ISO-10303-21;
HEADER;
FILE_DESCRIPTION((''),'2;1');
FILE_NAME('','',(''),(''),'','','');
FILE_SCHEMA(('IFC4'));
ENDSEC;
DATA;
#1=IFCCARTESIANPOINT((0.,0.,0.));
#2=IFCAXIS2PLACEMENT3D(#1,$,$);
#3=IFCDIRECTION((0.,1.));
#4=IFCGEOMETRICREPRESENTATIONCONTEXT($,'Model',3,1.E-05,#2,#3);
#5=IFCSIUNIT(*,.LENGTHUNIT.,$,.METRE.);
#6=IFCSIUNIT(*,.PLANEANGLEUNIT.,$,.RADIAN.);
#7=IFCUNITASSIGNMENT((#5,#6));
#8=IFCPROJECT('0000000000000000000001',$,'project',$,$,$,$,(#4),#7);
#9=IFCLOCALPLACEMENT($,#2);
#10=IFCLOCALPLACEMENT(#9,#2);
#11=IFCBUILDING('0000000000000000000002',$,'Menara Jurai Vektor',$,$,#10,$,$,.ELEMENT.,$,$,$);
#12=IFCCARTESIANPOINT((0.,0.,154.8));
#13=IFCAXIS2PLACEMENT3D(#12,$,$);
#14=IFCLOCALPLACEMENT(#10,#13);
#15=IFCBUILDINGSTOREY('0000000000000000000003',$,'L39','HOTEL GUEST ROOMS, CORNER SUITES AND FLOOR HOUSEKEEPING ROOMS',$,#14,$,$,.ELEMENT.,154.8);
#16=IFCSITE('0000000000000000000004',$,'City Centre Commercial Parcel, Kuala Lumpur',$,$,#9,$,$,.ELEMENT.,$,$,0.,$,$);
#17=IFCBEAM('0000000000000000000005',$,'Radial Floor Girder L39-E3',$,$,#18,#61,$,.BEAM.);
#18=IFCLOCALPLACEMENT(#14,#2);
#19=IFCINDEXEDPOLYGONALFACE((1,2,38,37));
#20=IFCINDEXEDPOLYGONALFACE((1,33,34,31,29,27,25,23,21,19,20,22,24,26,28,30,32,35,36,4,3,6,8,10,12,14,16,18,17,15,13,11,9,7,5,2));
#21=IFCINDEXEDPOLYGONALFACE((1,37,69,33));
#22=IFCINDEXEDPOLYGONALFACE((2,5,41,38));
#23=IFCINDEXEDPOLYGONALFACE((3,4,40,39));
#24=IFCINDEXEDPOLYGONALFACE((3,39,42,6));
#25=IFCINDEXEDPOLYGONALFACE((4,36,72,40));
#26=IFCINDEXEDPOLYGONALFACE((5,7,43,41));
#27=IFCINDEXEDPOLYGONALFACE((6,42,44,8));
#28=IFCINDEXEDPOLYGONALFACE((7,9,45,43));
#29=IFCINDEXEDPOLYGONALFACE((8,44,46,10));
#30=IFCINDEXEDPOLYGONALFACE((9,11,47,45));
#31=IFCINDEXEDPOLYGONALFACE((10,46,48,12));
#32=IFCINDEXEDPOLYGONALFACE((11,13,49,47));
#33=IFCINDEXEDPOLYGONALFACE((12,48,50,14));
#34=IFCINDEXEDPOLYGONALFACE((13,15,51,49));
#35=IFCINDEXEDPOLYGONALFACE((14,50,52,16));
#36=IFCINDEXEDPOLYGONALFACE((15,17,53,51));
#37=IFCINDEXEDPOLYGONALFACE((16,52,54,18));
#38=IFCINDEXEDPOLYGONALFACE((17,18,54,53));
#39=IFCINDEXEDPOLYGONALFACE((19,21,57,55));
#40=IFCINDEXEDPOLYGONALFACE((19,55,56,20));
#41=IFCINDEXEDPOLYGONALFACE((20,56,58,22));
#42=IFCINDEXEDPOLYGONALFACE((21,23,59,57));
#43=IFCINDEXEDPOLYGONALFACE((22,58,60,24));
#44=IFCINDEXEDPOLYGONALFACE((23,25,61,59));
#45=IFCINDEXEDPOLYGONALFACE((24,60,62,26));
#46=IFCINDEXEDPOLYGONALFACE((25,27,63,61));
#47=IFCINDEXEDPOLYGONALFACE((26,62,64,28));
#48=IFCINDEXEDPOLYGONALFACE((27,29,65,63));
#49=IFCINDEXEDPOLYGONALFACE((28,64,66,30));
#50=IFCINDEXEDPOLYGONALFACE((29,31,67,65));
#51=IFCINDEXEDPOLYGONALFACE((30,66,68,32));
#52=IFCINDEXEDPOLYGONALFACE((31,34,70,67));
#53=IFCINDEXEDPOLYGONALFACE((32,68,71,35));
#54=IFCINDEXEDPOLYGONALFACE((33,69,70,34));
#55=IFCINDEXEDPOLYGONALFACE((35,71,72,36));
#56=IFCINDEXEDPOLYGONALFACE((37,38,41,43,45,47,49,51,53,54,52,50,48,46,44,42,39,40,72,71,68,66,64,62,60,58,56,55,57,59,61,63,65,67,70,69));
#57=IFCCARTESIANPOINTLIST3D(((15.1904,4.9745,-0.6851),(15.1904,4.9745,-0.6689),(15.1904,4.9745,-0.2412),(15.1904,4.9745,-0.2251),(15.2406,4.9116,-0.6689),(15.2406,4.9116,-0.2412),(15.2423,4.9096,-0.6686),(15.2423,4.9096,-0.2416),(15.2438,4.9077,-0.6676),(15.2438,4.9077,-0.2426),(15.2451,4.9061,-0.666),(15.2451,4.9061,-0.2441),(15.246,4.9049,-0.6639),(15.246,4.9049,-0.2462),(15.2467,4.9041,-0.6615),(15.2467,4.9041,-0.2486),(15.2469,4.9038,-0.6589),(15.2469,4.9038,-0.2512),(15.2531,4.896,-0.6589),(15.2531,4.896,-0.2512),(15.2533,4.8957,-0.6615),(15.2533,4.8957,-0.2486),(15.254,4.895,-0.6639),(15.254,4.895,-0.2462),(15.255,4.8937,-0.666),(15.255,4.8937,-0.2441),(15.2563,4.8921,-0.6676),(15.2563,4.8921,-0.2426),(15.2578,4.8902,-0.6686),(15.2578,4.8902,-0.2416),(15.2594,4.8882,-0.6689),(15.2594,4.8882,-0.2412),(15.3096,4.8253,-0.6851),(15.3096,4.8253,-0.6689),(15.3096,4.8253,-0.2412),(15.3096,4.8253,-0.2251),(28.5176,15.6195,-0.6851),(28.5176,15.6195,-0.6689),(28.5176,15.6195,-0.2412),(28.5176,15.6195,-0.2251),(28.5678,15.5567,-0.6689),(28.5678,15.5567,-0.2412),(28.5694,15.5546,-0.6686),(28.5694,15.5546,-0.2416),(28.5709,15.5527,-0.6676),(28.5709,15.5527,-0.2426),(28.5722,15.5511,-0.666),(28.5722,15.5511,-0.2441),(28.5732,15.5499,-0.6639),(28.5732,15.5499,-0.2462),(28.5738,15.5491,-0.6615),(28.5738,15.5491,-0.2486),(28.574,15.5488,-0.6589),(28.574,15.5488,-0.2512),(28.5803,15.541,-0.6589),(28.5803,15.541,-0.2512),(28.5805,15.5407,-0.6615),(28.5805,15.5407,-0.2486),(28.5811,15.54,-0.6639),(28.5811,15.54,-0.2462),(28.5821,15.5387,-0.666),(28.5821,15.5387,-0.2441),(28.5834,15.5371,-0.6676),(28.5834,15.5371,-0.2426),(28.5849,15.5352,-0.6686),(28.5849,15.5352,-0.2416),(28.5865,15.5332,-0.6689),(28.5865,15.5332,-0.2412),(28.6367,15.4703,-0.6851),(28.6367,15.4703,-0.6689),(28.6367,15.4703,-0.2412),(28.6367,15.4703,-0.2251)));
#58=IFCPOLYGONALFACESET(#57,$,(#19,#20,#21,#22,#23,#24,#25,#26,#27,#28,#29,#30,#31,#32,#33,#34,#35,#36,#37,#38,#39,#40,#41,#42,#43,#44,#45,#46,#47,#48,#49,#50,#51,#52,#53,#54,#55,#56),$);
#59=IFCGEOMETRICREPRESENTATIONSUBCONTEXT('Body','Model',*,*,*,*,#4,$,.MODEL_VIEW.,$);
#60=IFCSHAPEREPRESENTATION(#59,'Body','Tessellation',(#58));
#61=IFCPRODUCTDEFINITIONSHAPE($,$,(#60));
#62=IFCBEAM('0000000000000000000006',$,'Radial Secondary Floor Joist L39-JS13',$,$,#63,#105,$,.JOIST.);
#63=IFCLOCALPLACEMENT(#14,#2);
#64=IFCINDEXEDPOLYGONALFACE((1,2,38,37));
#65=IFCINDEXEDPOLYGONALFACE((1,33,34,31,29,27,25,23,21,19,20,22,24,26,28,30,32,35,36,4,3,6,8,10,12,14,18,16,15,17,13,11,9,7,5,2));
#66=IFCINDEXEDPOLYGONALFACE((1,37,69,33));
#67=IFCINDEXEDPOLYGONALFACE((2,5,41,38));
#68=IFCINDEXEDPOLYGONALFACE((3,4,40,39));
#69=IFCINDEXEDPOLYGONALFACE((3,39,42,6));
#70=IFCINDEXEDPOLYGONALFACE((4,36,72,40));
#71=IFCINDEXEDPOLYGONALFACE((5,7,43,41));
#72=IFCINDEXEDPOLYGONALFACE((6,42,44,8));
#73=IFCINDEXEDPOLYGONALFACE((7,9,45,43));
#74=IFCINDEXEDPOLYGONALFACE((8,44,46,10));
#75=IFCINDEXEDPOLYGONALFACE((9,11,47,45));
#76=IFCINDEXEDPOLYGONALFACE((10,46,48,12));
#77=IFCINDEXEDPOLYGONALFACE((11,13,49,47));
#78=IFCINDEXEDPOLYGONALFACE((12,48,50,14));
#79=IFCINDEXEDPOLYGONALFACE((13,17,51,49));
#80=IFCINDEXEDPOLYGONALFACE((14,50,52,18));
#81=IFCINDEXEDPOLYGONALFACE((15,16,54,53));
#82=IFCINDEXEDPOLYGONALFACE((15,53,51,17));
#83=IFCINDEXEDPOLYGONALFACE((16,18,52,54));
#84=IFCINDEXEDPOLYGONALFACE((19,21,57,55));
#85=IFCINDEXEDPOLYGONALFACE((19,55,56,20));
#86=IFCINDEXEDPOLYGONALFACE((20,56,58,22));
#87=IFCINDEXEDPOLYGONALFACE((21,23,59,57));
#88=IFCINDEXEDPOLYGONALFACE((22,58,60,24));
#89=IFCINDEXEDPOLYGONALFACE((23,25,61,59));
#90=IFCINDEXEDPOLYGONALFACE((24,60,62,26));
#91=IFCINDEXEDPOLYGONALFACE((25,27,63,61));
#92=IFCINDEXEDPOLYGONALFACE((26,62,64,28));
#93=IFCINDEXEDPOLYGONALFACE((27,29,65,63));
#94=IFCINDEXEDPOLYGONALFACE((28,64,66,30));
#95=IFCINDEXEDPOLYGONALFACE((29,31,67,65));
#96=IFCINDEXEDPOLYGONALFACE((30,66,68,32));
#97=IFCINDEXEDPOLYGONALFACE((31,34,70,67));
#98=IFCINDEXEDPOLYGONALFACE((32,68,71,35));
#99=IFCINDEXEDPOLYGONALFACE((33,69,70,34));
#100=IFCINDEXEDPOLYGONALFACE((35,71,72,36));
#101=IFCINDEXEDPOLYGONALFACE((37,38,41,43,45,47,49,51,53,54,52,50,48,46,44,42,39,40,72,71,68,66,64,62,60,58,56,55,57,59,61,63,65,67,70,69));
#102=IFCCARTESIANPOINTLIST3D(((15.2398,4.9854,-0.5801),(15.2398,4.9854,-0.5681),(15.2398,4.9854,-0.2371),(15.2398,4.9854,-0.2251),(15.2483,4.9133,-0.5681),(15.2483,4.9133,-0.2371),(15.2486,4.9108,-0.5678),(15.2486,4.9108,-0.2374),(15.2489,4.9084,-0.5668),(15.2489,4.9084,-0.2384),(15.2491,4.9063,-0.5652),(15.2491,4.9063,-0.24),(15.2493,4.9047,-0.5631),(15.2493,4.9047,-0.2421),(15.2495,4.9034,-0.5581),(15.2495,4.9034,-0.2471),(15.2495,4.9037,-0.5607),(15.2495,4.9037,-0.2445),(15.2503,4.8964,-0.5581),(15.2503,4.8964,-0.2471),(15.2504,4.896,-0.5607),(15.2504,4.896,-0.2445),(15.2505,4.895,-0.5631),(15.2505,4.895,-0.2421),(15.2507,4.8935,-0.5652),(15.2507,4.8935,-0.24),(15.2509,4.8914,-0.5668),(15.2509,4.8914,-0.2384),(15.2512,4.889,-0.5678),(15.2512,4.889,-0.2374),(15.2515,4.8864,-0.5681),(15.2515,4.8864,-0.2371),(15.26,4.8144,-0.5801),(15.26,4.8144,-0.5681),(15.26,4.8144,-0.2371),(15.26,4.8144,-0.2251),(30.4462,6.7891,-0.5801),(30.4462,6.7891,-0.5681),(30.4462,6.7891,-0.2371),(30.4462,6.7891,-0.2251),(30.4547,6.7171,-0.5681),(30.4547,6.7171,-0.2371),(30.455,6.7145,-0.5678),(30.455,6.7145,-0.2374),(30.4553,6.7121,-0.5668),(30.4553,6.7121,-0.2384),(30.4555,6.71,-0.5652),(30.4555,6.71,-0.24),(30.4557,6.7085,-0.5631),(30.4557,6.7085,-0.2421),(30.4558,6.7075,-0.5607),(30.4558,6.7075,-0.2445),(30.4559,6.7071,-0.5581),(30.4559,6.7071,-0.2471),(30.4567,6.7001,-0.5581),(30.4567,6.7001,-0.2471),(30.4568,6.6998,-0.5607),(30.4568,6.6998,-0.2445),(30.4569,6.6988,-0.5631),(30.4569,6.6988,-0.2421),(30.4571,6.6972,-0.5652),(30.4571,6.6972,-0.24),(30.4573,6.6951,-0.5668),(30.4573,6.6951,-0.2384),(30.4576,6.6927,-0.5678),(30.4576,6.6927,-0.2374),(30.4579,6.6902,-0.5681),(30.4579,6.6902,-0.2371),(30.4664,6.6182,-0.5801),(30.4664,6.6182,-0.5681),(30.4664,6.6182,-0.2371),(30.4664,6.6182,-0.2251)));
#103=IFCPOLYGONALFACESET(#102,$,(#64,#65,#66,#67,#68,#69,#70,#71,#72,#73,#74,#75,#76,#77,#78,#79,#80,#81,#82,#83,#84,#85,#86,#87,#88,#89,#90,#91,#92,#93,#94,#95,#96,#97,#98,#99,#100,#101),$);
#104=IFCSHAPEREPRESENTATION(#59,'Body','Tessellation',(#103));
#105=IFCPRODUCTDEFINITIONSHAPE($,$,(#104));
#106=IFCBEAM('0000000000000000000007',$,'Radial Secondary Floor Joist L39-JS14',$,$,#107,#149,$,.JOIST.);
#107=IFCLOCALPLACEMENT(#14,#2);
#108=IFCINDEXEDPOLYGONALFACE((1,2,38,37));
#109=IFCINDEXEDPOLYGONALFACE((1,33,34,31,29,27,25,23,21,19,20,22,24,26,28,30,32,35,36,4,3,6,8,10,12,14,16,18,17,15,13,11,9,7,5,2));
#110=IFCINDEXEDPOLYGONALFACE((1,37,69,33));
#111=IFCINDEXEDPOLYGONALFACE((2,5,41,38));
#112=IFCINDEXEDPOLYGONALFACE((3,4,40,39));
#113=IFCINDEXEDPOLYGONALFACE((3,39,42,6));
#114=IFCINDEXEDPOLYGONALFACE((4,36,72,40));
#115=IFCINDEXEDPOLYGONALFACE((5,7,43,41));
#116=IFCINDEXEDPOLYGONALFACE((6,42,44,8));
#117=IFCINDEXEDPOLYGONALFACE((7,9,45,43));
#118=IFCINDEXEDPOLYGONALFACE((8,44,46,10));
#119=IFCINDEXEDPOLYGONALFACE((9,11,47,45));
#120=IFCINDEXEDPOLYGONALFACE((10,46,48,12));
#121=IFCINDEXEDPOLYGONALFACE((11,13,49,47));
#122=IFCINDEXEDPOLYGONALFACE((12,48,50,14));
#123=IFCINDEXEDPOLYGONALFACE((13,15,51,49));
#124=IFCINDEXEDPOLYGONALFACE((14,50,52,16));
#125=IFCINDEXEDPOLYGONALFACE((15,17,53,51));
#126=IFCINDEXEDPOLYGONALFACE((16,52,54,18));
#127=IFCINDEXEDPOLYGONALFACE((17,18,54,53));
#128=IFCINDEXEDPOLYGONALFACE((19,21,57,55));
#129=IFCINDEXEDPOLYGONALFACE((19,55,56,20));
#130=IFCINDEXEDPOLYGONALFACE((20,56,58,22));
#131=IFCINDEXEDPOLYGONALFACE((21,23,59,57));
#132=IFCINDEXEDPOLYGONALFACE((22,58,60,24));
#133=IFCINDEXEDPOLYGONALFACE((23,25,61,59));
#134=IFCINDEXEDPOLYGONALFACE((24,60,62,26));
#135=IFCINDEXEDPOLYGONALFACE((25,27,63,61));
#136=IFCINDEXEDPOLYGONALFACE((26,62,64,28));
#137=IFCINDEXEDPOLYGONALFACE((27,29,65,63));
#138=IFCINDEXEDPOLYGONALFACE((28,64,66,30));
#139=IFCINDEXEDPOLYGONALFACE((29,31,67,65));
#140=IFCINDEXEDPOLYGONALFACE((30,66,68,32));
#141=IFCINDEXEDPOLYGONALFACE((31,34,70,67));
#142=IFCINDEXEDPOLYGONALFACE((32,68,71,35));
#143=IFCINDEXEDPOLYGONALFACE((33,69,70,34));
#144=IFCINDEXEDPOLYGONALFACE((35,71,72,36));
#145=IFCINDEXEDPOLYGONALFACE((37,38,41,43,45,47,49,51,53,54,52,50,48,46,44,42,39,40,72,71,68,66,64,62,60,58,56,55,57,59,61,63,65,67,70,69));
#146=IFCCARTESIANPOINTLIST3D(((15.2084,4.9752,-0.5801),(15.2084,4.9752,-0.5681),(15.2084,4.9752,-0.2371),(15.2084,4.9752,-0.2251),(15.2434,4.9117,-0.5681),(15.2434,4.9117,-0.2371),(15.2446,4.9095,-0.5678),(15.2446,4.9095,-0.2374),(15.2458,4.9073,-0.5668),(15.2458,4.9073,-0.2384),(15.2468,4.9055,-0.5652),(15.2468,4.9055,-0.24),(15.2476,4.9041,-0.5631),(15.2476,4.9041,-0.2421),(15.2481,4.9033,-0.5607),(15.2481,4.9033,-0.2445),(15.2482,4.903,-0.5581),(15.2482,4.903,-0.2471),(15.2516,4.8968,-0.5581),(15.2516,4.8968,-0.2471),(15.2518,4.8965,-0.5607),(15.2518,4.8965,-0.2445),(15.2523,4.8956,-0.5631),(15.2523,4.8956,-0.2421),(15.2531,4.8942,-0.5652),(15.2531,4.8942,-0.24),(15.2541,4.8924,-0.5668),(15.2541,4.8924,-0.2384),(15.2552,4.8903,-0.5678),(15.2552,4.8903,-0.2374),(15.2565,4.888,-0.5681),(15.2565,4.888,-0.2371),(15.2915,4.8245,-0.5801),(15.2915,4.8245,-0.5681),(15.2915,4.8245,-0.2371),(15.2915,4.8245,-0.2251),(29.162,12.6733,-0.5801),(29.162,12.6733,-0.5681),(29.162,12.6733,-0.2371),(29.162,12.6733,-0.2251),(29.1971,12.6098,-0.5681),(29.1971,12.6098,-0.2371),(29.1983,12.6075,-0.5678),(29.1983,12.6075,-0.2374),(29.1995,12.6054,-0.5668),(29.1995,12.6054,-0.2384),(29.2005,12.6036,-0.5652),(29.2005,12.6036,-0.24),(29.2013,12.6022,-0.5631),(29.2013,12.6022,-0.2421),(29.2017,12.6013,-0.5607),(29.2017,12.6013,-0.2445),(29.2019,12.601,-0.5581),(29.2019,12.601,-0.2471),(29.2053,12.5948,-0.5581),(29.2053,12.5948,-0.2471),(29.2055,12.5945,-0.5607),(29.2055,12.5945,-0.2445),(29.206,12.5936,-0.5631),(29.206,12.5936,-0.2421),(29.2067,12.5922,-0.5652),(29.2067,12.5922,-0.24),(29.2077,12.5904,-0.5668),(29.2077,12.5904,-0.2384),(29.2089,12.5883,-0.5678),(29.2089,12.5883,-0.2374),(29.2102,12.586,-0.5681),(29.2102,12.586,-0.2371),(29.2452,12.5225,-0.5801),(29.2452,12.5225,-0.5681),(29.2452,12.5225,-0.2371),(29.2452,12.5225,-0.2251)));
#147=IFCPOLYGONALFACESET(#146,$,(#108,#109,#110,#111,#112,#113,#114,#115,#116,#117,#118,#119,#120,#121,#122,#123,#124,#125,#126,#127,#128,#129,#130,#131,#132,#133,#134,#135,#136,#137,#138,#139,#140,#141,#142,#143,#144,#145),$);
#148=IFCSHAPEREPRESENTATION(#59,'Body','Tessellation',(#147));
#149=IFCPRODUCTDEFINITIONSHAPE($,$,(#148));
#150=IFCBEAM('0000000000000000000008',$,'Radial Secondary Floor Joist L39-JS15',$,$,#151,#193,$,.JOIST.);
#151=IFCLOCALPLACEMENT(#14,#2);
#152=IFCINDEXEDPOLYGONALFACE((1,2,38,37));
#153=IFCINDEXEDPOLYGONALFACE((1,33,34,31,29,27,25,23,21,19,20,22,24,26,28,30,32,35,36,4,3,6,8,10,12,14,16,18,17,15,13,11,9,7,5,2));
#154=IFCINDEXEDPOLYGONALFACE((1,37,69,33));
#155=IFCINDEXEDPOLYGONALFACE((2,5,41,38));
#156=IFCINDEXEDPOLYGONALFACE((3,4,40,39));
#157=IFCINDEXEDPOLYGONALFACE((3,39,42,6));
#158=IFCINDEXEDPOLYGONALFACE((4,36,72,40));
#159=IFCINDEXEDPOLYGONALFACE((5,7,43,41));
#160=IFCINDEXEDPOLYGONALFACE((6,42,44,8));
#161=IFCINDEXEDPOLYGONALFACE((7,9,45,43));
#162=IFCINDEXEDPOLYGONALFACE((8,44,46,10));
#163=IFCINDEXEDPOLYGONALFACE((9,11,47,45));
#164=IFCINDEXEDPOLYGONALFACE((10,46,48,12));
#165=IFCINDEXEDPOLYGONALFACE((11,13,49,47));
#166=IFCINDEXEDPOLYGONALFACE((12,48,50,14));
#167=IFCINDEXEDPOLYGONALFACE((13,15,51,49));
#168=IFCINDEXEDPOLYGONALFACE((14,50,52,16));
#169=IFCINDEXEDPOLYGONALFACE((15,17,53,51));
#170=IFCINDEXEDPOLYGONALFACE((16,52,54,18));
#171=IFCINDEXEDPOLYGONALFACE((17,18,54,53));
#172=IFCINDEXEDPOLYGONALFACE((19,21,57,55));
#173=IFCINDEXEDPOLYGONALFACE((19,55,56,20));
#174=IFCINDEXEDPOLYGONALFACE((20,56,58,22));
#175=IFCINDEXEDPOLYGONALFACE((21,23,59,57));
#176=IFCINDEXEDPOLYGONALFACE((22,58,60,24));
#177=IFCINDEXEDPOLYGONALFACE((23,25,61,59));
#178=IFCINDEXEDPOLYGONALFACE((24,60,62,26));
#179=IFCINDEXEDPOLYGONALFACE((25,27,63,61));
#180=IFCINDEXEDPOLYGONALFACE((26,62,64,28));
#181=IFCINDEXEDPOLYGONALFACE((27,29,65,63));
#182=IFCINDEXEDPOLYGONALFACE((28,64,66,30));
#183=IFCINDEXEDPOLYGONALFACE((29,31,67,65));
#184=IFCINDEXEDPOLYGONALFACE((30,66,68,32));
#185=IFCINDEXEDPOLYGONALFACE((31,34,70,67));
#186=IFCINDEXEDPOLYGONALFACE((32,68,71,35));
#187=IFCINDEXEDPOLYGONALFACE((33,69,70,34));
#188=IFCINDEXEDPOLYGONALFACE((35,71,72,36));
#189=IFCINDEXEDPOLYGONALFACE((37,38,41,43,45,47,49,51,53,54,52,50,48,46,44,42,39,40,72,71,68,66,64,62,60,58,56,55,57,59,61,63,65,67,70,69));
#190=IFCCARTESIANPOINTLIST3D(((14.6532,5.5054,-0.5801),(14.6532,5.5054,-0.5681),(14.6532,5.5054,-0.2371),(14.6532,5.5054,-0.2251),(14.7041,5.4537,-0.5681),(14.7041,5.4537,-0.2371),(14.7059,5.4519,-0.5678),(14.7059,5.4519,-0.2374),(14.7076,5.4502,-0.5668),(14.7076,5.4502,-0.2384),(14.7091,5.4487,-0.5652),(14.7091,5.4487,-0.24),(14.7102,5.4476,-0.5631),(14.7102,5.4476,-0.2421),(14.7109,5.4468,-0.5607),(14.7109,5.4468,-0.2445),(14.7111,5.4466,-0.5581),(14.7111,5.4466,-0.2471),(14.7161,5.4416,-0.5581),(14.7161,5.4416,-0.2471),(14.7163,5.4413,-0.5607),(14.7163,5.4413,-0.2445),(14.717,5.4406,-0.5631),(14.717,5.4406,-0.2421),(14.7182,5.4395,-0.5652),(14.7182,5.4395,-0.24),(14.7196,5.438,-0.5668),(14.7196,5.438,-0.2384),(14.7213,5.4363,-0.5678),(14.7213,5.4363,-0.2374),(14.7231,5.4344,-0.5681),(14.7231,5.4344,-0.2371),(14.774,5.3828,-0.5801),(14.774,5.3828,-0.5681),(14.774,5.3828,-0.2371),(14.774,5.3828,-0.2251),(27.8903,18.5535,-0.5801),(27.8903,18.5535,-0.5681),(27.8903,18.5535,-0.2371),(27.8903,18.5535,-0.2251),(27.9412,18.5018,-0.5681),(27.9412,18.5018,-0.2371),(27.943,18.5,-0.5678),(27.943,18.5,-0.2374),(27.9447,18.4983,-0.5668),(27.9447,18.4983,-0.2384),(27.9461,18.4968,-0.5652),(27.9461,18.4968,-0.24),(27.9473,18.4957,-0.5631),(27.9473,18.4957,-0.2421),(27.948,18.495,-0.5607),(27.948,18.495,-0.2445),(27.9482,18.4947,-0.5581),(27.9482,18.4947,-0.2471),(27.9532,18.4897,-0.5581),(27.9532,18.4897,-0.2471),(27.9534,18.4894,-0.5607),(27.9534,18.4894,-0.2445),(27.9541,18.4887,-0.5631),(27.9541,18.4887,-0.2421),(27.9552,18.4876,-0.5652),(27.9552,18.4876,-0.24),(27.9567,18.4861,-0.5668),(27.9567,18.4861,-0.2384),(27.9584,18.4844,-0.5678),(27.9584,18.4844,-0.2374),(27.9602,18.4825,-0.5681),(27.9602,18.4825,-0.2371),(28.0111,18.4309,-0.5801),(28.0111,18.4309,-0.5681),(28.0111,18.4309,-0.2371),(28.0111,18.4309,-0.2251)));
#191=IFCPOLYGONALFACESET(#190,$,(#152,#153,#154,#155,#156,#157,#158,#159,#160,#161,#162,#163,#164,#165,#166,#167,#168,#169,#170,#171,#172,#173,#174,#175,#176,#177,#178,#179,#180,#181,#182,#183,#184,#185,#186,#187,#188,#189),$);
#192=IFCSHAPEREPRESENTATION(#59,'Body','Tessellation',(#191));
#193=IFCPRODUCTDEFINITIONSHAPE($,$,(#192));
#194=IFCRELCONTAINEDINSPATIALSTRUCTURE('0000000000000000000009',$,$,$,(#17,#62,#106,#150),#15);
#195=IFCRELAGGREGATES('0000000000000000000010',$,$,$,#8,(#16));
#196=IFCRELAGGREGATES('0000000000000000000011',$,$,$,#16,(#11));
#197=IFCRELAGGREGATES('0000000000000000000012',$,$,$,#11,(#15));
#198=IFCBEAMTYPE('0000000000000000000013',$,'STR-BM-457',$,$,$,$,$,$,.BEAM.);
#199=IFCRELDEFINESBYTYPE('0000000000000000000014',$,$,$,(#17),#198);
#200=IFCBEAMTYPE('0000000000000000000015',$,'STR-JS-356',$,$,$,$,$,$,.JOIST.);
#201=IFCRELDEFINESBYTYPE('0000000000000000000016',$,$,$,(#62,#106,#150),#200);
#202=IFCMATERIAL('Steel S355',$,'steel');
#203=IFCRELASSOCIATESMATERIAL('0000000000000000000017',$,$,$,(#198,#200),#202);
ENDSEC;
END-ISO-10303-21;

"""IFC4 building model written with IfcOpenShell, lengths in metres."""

from ifc_helpers import new_model, si_unit, direction, frame, origin, origin_2d, place, context, subcontext, project, spatial, i_section, extrude, material, material_profile, profile_set, type_object, element, save


model = new_model("IFC4")

# Units and contexts
model_context = context("Model", 3, precision=1e-05, world=origin(), true_north=direction((0.0, 1.0)))
body_context = subcontext(model_context, "Body", "Model", "MODEL_VIEW")
ifc_project = project(units=[si_unit("LENGTHUNIT", "METRE"), si_unit("PLANEANGLEUNIT", "RADIAN")], contexts=[model_context])

# Site, building, storey
site_placement = place(None, origin())
site = spatial("IfcSite", under=ifc_project, at=site_placement, Name="City Centre Commercial Parcel, Kuala Lumpur", CompositionType="ELEMENT", RefElevation=0.0)
building_placement = place(site_placement, origin())
building = spatial("IfcBuilding", under=site, at=building_placement, Name="Menara Jurai Vektor", CompositionType="ELEMENT")
storey_placement = place(building_placement, frame((0.0, 0.0, 154.8)))
storey = spatial("IfcBuildingStorey", under=building, at=storey_placement, Name="L39", Description="HOTEL GUEST ROOMS, CORNER SUITES AND FLOOR HOUSEKEEPING ROOMS", CompositionType="ELEMENT", Elevation=154.8)

# Beams
ifc_material_1 = material(Name="Steel S355", Category="steel")
ifc_material_profile_1 = material_profile(ifc_material_1, i_section(OverallWidth=0.1909, OverallDepth=0.46, WebThickness=0.01, FlangeThickness=0.0161, FilletRadius=0.01, at=origin_2d()), Name="UKB 457x191x82")
ifc_profile_set_1 = profile_set([ifc_material_profile_1], Name="Steel S355")
beam_type_1 = type_object("IfcBeamType", Name="STR-BM-457", PredefinedType="BEAM", material=ifc_profile_set_1)
beam_1_placement = place(storey_placement, frame((28.5771, 15.5449, -0.4551), z_axis=(-0.781346, -0.624098, 0.0), x_axis=(0.624098, -0.781346, 0.0)))
element("IfcBeam", 1, at=beam_1_placement, inside=storey, type_object=beam_type_1, Name="Radial Floor Girder L39-E3", PredefinedType="BEAM", context=body_context, shape_type="SweptSolid", body=[
    extrude(i_section(OverallWidth=0.1909, OverallDepth=0.46, WebThickness=0.01, FlangeThickness=0.0161, FilletRadius=0.01, at=origin_2d()), origin(), (0.0, 0.0, 1.0), 17.0566),
])
ifc_material_profile_2 = material_profile(ifc_material_1, i_section(OverallWidth=0.1721, OverallDepth=0.355, WebThickness=0.0071, FlangeThickness=0.012, FilletRadius=0.01, at=origin_2d()), Name="UKB 356x171x51")
ifc_profile_set_2 = profile_set([ifc_material_profile_2], Name="Steel S355")
beam_type_2 = type_object("IfcBeamType", Name="STR-JS-356", PredefinedType="JOIST", material=ifc_profile_set_2)
beam_2_placement = place(storey_placement, frame((30.4563, 6.7036, -0.4026), z_axis=(-0.993038, -0.11779, 0.0), x_axis=(0.11779, -0.993038, 0.0)))
element("IfcBeam", 2, at=beam_2_placement, inside=storey, type_object=beam_type_2, Name="Radial Secondary Floor Joist L39-JS13", PredefinedType="JOIST", context=body_context, shape_type="SweptSolid", body=[
    extrude(i_section(OverallWidth=0.1721, OverallDepth=0.355, WebThickness=0.0071, FlangeThickness=0.012, FilletRadius=0.01, at=origin_2d()), origin(), (0.0, 0.0, 1.0), 15.313),
])
beam_3_placement = place(storey_placement, frame((29.2036, 12.5979, -0.4026), z_axis=(-0.875592, -0.483051, 0.0), x_axis=(0.483051, -0.875592, 0.0)))
element("IfcBeam", 3, at=beam_3_placement, inside=storey, type_object=beam_type_2, Name="Radial Secondary Floor Joist L39-JS14", PredefinedType="JOIST", context=body_context, shape_type="SweptSolid", body=[
    extrude(i_section(OverallWidth=0.1721, OverallDepth=0.355, WebThickness=0.0071, FlangeThickness=0.012, FilletRadius=0.01, at=origin_2d()), origin(), (0.0, 0.0, 1.0), 15.9363),
])
beam_4_placement = place(storey_placement, frame((27.9507, 18.4922, -0.4026), z_axis=(-0.712172, -0.702005, 0.0), x_axis=(0.702005, -0.712172, 0.0)))
element("IfcBeam", 4, at=beam_4_placement, inside=storey, type_object=beam_type_2, Name="Radial Secondary Floor Joist L39-JS15", PredefinedType="JOIST", context=body_context, shape_type="SweptSolid", body=[
    extrude(i_section(OverallWidth=0.1721, OverallDepth=0.355, WebThickness=0.0071, FlangeThickness=0.012, FilletRadius=0.01, at=origin_2d()), origin(), (0.0, 0.0, 1.0), 18.5869),
])

save(model, "model.ifc")
